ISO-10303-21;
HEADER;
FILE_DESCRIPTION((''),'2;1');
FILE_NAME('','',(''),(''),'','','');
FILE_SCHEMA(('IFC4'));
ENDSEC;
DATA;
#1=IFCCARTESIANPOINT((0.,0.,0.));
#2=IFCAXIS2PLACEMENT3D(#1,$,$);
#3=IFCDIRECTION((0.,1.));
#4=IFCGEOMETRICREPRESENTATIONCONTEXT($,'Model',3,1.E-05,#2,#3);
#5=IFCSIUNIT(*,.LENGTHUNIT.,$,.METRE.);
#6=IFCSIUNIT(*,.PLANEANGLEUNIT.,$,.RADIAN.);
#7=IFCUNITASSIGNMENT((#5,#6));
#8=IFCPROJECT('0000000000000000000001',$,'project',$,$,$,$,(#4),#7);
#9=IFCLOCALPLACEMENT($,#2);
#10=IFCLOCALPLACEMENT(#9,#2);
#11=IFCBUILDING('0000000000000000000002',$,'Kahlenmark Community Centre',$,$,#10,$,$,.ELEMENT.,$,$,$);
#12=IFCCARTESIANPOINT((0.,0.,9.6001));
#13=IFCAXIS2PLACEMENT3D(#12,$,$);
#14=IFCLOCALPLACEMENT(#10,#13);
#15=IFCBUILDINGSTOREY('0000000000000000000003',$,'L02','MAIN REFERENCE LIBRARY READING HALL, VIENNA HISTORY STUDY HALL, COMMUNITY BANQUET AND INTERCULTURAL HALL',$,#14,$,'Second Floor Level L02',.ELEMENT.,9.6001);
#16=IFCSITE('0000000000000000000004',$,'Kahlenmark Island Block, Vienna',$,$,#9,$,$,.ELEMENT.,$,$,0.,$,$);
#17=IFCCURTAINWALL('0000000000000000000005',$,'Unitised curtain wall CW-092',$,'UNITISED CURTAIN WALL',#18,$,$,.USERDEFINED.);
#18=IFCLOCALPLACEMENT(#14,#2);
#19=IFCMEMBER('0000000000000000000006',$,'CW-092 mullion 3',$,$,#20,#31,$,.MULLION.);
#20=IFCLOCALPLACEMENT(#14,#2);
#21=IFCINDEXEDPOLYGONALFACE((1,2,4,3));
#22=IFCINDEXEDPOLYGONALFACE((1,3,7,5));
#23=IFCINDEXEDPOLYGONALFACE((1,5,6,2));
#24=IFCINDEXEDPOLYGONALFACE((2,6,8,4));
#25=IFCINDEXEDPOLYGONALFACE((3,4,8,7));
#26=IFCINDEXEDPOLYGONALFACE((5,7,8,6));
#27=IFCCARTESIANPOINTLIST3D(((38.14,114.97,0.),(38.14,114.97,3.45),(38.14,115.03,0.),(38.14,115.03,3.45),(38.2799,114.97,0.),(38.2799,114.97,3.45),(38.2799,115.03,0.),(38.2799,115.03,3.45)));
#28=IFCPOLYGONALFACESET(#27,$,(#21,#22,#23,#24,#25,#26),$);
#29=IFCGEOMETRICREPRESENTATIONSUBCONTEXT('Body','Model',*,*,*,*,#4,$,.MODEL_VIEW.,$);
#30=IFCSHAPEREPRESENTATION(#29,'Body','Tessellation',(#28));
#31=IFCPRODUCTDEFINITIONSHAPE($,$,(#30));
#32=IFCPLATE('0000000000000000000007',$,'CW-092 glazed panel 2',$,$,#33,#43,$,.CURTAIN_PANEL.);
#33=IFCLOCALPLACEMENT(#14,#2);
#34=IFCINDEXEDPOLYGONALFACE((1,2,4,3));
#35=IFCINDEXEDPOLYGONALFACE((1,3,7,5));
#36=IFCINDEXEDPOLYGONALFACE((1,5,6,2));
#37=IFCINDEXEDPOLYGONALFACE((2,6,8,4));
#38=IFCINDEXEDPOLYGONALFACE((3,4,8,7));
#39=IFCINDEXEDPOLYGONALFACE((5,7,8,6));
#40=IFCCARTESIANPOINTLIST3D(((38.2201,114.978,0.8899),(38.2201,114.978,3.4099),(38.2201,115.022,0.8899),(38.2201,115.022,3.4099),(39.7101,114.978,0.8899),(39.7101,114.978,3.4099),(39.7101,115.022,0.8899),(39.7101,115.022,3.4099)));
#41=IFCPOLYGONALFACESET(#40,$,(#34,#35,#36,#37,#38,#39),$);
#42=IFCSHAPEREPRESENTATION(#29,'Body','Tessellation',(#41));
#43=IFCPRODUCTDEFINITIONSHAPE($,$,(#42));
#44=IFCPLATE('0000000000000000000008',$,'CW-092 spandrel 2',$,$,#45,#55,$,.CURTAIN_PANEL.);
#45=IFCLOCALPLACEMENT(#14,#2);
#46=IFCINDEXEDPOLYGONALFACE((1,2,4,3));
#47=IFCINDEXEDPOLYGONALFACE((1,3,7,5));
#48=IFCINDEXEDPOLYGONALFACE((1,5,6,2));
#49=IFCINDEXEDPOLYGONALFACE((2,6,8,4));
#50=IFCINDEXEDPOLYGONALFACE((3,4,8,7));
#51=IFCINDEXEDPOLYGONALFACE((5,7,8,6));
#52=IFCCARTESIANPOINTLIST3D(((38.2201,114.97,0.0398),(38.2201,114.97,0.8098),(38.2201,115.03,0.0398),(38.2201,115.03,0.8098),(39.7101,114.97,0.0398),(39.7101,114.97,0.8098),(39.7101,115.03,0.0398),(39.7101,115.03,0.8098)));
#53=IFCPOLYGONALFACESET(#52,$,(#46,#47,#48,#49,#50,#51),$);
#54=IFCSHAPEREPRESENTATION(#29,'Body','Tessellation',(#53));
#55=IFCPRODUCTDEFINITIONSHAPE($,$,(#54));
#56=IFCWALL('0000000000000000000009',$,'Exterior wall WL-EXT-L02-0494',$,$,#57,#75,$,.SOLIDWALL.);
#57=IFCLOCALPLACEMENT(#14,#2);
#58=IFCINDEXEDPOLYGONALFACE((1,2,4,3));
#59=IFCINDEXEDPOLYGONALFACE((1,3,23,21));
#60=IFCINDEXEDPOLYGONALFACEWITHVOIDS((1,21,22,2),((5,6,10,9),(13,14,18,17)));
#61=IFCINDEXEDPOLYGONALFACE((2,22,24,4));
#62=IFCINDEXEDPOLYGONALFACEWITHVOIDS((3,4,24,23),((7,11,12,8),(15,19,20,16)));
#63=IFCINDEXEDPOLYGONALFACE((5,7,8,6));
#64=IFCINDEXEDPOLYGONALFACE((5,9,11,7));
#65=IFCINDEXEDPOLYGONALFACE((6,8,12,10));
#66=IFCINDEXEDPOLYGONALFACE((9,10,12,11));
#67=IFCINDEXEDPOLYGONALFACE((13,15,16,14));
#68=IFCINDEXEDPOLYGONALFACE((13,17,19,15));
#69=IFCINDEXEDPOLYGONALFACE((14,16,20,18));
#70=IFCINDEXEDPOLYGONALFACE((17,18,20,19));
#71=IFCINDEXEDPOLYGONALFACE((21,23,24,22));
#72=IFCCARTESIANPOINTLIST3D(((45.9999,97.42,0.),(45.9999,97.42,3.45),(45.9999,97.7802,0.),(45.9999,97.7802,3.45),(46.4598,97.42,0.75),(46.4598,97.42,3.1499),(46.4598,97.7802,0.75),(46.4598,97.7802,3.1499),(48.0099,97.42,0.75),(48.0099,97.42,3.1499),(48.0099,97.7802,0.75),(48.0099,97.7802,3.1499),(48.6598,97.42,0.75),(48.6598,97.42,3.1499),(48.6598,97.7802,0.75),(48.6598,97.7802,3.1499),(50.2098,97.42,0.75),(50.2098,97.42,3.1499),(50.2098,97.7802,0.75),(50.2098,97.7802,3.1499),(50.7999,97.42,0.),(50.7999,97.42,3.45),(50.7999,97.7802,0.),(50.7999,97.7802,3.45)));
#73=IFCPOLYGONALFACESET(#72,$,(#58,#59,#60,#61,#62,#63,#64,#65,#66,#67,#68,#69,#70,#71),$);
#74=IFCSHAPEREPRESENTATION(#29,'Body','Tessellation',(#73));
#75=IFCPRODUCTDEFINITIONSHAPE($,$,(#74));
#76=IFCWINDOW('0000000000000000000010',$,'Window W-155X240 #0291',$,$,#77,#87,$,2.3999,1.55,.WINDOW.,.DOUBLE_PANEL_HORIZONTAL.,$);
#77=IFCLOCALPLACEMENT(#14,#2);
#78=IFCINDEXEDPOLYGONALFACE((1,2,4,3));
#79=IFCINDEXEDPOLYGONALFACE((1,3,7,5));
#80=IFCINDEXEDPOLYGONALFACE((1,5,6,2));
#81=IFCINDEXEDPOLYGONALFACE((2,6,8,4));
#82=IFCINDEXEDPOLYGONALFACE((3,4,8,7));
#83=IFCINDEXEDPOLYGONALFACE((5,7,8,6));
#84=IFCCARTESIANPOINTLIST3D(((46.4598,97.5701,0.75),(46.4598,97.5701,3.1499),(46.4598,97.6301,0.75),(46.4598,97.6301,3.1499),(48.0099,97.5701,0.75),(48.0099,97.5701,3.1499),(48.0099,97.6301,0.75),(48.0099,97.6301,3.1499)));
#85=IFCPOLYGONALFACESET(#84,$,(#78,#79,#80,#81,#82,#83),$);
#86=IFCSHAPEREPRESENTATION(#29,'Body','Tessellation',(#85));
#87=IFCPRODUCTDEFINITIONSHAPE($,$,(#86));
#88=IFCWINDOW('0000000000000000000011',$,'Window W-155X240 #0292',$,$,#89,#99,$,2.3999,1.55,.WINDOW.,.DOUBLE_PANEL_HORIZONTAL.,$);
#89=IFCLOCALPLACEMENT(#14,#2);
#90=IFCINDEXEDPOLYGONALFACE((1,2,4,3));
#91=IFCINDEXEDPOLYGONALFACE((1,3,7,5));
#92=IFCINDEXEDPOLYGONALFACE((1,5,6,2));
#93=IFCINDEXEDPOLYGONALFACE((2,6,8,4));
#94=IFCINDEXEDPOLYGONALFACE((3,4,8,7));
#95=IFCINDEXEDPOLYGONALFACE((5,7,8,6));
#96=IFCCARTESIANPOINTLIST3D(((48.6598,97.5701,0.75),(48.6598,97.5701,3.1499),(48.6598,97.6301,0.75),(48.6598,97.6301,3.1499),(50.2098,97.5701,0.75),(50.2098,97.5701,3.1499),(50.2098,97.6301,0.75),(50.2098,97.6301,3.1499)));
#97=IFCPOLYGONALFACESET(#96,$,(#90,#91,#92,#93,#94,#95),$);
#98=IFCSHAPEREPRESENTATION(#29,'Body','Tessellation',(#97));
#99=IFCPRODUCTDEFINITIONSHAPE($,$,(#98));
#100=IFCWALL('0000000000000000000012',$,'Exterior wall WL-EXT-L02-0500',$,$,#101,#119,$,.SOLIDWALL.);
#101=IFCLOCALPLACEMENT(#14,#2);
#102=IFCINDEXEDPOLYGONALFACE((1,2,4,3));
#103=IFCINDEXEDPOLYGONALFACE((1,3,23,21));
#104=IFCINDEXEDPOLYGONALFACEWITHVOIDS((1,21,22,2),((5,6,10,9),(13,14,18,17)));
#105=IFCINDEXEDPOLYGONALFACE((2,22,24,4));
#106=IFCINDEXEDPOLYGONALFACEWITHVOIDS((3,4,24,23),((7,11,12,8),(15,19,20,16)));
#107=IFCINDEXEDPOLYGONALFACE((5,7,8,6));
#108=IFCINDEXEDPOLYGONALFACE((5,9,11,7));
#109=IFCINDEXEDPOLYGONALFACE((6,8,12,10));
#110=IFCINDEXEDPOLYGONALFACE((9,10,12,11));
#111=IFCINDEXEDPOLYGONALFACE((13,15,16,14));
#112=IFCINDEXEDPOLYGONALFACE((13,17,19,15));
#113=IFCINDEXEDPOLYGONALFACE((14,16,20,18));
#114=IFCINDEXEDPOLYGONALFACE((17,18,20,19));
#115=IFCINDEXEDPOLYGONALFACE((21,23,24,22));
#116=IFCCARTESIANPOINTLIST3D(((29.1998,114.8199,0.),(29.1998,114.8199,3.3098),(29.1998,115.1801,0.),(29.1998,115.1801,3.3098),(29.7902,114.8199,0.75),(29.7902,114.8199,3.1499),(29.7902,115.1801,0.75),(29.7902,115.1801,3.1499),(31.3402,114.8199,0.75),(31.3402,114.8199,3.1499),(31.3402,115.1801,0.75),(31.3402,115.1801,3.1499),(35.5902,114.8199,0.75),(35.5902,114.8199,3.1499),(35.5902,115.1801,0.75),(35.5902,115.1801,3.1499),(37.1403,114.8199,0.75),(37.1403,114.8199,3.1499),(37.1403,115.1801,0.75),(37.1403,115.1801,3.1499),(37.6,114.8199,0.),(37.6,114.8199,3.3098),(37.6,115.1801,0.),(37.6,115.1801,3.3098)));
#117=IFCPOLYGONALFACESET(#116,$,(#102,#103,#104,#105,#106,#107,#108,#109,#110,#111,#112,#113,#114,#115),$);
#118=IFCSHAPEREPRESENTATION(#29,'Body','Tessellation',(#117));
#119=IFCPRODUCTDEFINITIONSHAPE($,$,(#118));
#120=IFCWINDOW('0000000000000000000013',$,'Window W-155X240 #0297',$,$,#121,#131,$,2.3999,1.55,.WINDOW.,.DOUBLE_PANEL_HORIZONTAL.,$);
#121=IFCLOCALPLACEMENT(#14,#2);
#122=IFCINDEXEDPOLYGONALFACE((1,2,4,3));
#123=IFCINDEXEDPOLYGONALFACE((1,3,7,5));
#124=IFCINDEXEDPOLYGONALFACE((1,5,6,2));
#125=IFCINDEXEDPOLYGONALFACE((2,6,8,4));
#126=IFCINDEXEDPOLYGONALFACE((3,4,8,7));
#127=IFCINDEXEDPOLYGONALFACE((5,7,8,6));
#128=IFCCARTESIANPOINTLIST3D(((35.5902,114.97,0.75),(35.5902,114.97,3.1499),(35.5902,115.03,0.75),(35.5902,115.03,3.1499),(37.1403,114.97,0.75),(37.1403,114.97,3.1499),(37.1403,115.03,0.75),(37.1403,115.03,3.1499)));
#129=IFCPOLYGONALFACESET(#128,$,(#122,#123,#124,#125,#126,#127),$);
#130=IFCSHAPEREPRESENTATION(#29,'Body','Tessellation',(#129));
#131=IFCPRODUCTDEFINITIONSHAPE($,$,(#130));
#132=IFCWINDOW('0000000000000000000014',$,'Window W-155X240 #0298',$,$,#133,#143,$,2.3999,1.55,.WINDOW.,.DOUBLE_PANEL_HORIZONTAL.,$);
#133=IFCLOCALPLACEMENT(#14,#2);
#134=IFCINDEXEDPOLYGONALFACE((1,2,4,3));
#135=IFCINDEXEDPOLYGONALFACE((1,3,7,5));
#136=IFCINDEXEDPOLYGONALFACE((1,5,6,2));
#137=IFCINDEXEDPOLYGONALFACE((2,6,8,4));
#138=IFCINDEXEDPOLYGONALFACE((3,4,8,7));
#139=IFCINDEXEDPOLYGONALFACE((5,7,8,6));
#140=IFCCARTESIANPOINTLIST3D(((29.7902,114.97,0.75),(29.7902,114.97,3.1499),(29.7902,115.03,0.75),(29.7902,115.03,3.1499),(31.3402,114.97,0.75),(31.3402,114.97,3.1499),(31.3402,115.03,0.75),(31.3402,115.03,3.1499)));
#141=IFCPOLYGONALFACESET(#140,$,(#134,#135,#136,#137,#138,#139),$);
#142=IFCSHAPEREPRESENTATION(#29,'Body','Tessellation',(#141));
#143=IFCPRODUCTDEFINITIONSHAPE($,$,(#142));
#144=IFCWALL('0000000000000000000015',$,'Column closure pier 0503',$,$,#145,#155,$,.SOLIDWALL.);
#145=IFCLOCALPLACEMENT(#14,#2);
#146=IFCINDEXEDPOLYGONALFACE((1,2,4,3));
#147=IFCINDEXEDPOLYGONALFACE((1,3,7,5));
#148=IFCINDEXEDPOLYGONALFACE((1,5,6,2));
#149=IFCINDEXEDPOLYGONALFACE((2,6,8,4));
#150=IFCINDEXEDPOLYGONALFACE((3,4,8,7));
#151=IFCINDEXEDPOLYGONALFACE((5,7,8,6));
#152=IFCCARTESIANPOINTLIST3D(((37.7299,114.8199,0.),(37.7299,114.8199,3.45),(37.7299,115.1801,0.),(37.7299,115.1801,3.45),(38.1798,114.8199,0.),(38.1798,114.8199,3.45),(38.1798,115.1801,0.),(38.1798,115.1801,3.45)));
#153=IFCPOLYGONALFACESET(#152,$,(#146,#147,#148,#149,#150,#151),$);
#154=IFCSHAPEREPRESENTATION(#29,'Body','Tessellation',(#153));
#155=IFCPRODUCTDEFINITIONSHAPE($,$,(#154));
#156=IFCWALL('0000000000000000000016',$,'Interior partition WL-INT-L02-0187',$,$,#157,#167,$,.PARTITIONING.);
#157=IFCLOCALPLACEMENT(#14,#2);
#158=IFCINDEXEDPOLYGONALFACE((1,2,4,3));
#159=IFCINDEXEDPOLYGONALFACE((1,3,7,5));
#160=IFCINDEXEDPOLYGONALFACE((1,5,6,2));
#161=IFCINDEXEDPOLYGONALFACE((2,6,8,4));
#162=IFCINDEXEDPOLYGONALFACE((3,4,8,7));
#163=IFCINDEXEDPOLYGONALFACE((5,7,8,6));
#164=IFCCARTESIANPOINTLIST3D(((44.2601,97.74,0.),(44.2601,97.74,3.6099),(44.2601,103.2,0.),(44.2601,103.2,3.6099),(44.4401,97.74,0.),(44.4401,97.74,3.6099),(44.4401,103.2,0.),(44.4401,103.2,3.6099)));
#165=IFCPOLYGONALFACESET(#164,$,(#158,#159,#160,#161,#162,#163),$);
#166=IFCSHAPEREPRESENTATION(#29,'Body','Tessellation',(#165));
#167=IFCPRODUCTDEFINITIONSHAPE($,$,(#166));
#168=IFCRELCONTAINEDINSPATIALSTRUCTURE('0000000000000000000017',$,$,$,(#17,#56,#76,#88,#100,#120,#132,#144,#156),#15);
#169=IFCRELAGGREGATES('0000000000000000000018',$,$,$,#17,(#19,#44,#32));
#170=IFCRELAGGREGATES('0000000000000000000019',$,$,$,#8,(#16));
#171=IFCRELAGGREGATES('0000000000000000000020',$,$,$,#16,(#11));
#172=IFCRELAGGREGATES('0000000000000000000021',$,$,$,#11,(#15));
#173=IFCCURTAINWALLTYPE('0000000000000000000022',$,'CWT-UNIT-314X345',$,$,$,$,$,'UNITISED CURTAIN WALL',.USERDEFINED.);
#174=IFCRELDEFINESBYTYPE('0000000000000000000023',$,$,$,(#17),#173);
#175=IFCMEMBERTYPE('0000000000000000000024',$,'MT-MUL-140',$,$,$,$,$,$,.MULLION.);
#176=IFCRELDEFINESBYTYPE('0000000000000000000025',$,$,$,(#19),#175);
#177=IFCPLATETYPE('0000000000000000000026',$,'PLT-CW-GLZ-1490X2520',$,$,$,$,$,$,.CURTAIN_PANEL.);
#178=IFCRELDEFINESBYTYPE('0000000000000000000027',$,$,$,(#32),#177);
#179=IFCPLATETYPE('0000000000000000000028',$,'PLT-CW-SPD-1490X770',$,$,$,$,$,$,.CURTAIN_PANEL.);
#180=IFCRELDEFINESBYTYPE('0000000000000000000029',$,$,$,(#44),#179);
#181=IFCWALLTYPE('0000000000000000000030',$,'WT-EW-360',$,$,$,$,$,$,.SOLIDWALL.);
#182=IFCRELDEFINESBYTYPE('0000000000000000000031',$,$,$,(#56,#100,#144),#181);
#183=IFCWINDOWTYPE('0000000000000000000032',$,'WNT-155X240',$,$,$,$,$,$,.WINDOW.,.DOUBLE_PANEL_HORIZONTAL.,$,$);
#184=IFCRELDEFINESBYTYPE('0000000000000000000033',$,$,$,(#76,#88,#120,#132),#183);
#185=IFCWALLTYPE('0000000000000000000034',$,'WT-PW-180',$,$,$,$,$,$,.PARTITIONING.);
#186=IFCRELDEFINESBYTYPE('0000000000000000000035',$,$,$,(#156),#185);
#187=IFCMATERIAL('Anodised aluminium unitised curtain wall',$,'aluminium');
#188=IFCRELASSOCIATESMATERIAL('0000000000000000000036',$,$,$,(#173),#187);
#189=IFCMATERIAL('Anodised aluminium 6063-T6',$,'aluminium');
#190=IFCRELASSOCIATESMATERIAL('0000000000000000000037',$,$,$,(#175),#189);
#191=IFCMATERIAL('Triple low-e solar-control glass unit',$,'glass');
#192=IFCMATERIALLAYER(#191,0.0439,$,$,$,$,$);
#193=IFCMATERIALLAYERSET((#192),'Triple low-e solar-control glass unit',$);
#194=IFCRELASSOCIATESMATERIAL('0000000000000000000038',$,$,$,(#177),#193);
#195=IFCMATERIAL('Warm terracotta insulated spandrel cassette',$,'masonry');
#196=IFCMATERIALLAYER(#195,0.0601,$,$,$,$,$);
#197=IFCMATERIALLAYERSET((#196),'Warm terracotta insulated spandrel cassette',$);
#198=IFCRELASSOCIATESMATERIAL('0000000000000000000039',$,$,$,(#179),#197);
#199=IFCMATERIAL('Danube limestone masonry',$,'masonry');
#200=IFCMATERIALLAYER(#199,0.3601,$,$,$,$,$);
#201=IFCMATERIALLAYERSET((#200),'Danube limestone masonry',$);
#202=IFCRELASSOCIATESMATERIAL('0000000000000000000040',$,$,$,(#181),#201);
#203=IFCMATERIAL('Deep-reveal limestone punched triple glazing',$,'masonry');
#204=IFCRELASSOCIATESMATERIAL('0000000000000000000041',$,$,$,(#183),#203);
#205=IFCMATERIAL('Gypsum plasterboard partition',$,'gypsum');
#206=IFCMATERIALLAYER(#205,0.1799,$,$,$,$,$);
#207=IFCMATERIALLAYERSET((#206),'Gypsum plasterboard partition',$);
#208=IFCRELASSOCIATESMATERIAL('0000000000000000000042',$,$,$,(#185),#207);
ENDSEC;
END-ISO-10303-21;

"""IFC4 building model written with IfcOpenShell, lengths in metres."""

from ifc_helpers import new_model, si_unit, direction, frame, frame_2d, origin, origin_2d, place, context, subcontext, project, spatial, rectangle, extrude, material, layer, layer_set, material_profile, profile_set, type_object, element, fill, aggregate, save


model = new_model("IFC4")

# Units and contexts
model_context = context("Model", 3, precision=1e-05, world=origin(), true_north=direction((0.0, 1.0)))
body_context = subcontext(model_context, "Body", "Model", "MODEL_VIEW")
ifc_project = project(units=[si_unit("LENGTHUNIT", "METRE"), si_unit("PLANEANGLEUNIT", "RADIAN")], contexts=[model_context])

# Site, building, storey
site_placement = place(None, origin())
site = spatial("IfcSite", under=ifc_project, at=site_placement, Name="Kahlenmark Island Block, Vienna", CompositionType="ELEMENT", RefElevation=0.0)
building_placement = place(site_placement, origin())
building = spatial("IfcBuilding", under=site, at=building_placement, Name="Kahlenmark Community Centre", CompositionType="ELEMENT")
storey_placement = place(building_placement, frame((0.0, 0.0, 9.6001)))
storey = spatial("IfcBuildingStorey", under=building, at=storey_placement, Name="L02", Description="MAIN REFERENCE LIBRARY READING HALL, VIENNA HISTORY STUDY HALL, COMMUNITY BANQUET AND INTERCULTURAL HALL", LongName="Second Floor Level L02", CompositionType="ELEMENT", Elevation=9.6001)

# Curtain wall, member, plates
ifc_material_1 = material(Name="Anodised aluminium unitised curtain wall", Category="aluminium")
curtain_wall_type = type_object("IfcCurtainWallType", Name="CWT-UNIT-314X345", ElementType="UNITISED CURTAIN WALL", PredefinedType="USERDEFINED", material=ifc_material_1)
curtain_wall_placement = place(storey_placement, origin())
curtain_wall = element("IfcCurtainWall", 1, at=curtain_wall_placement, inside=storey, type_object=curtain_wall_type, Name="Unitised curtain wall CW-092", ObjectType="UNITISED CURTAIN WALL", PredefinedType="USERDEFINED")
ifc_material_2 = material(Name="Anodised aluminium 6063-T6", Category="aluminium")
ifc_material_profile_1 = material_profile(ifc_material_2, rectangle(XDim=0.0601, YDim=0.1399, at=origin_2d()), Name="ALU MULLION 60x140")
ifc_profile_set_1 = profile_set([ifc_material_profile_1], Name="Anodised aluminium 6063-T6")
member_type = type_object("IfcMemberType", Name="MT-MUL-140", PredefinedType="MULLION", material=ifc_profile_set_1)
member_1_placement = place(storey_placement, frame((38.21, 115.0, 0.0), z_axis=(0.0, 0.0, 1.0), x_axis=(0.0, -1.0, 0.0)))
member_1 = element("IfcMember", 2, at=member_1_placement, type_object=member_type, Name="CW-092 mullion 3", PredefinedType="MULLION", context=body_context, shape_type="SweptSolid", body=[
    extrude(rectangle(XDim=0.0601, YDim=0.1399, at=origin_2d()), origin(), (0.0, 0.0, 1.0), 3.45),
])
ifc_material_3 = material(Name="Triple low-e solar-control glass unit", Category="glass")
ifc_layer_1 = layer(ifc_material_3, 0.0439)
ifc_layer_set_1 = layer_set([ifc_layer_1], Name="Triple low-e solar-control glass unit")
plate_type_1 = type_object("IfcPlateType", Name="PLT-CW-GLZ-1490X2520", PredefinedType="CURTAIN_PANEL", material=ifc_layer_set_1)
plate_1_placement = place(storey_placement, frame((38.9651, 115.0, 0.8899), z_axis=(0.0, 0.0, 1.0), x_axis=(-1.0, 0.0, 0.0)))
plate_1 = element("IfcPlate", 3, at=plate_1_placement, type_object=plate_type_1, Name="CW-092 glazed panel 2", PredefinedType="CURTAIN_PANEL", context=body_context, shape_type="SweptSolid", body=[
    extrude(rectangle(XDim=1.49, YDim=0.0439, at=origin_2d()), origin(), (0.0, 0.0, 1.0), 2.52),
])
ifc_material_4 = material(Name="Warm terracotta insulated spandrel cassette", Category="masonry")
ifc_layer_2 = layer(ifc_material_4, 0.0601)
ifc_layer_set_2 = layer_set([ifc_layer_2], Name="Warm terracotta insulated spandrel cassette")
plate_type_2 = type_object("IfcPlateType", Name="PLT-CW-SPD-1490X770", PredefinedType="CURTAIN_PANEL", material=ifc_layer_set_2)
plate_2_placement = place(storey_placement, frame((38.9651, 115.0, 0.0398), z_axis=(0.0, 0.0, 1.0), x_axis=(-1.0, 0.0, 0.0)))
plate_2 = element("IfcPlate", 4, at=plate_2_placement, type_object=plate_type_2, Name="CW-092 spandrel 2", PredefinedType="CURTAIN_PANEL", context=body_context, shape_type="SweptSolid", body=[
    extrude(rectangle(XDim=1.49, YDim=0.0601, at=origin_2d()), origin(), (0.0, 0.0, 1.0), 0.77),
])
aggregate(curtain_wall, [member_1, plate_2, plate_1])

# Walls, openings, windows
ifc_material_5 = material(Name="Danube limestone masonry", Category="masonry")
ifc_layer_3 = layer(ifc_material_5, 0.3601)
ifc_layer_set_3 = layer_set([ifc_layer_3], Name="Danube limestone masonry")
wall_type_1 = type_object("IfcWallType", Name="WT-EW-360", PredefinedType="SOLIDWALL", material=ifc_layer_set_3)
wall_1_placement = place(storey_placement, frame((46.0, 97.6001, 0.0), z_axis=(0.0, 0.0, 1.0), x_axis=(1.0, 0.0, 0.0)))
wall_1 = element("IfcWall", 5, at=wall_1_placement, inside=storey, type_object=wall_type_1, Name="Exterior wall WL-EXT-L02-0494", PredefinedType="SOLIDWALL", context=body_context, shape_type="SweptSolid", body=[
    extrude(rectangle(XDim=4.8, YDim=0.3601, at=frame_2d((2.3999, 0.0))), origin(), (0.0, 0.0, 1.0), 3.45),
])
opening_1_placement = place(wall_1_placement, frame((0.46, 0.0, 0.75)))
opening_1 = element("IfcOpeningElement", 6, at=opening_1_placement, cuts=wall_1, PredefinedType="OPENING", context=body_context, shape_type="SweptSolid", body=[
    extrude(rectangle(XDim=1.55, YDim=2.3999, at=frame_2d((0.7749, 1.2))), frame((0.0, 0.1899, 0.0), z_axis=(0.0, -1.0, 0.0), x_axis=(1.0, 0.0, 0.0)), (0.0, 0.0, 1.0), 0.3801),
])
opening_2_placement = place(wall_1_placement, frame((2.6599, 0.0, 0.75)))
opening_2 = element("IfcOpeningElement", 7, at=opening_2_placement, cuts=wall_1, PredefinedType="OPENING", context=body_context, shape_type="SweptSolid", body=[
    extrude(rectangle(XDim=1.55, YDim=2.3999, at=frame_2d((0.7749, 1.2))), frame((0.0, 0.1899, 0.0), z_axis=(0.0, -1.0, 0.0), x_axis=(1.0, 0.0, 0.0)), (0.0, 0.0, 1.0), 0.3801),
])
ifc_material_6 = material(Name="Deep-reveal limestone punched triple glazing", Category="masonry")
window_type = type_object("IfcWindowType", Name="WNT-155X240", PartitioningType="DOUBLE_PANEL_HORIZONTAL", PredefinedType="WINDOW", material=ifc_material_6)
window_1_placement = place(opening_1_placement, origin())
window_1 = element("IfcWindow", 8, at=window_1_placement, inside=storey, type_object=window_type, Name="Window W-155X240 #0291", OverallHeight=2.3999, OverallWidth=1.55, PartitioningType="DOUBLE_PANEL_HORIZONTAL", PredefinedType="WINDOW", context=body_context, shape_type="SweptSolid", body=[
    extrude(rectangle(XDim=1.55, YDim=2.3999, at=frame_2d((0.7749, 1.2))), frame((0.0, 0.03, 0.0), z_axis=(0.0, -1.0, 0.0), x_axis=(1.0, 0.0, 0.0)), (0.0, 0.0, 1.0), 0.0601),
])
fill(opening_1, window_1)
window_2_placement = place(opening_2_placement, origin())
window_2 = element("IfcWindow", 9, at=window_2_placement, inside=storey, type_object=window_type, Name="Window W-155X240 #0292", OverallHeight=2.3999, OverallWidth=1.55, PartitioningType="DOUBLE_PANEL_HORIZONTAL", PredefinedType="WINDOW", context=body_context, shape_type="SweptSolid", body=[
    extrude(rectangle(XDim=1.55, YDim=2.3999, at=frame_2d((0.7749, 1.2))), frame((0.0, 0.03, 0.0), z_axis=(0.0, -1.0, 0.0), x_axis=(1.0, 0.0, 0.0)), (0.0, 0.0, 1.0), 0.0601),
])
fill(opening_2, window_2)
wall_2_placement = place(storey_placement, frame((37.6001, 115.0, 0.0), z_axis=(0.0, 0.0, 1.0), x_axis=(-1.0, 0.0, 0.0)))
wall_2 = element("IfcWall", 10, at=wall_2_placement, inside=storey, type_object=wall_type_1, Name="Exterior wall WL-EXT-L02-0500", PredefinedType="SOLIDWALL", context=body_context, shape_type="SweptSolid", body=[
    extrude(rectangle(XDim=8.4001, YDim=0.3601, at=frame_2d((4.2002, 0.0))), origin(), (0.0, 0.0, 1.0), 3.3098),
])
opening_3_placement = place(wall_2_placement, frame((0.46, 0.0, 0.75)))
opening_3 = element("IfcOpeningElement", 11, at=opening_3_placement, cuts=wall_2, PredefinedType="OPENING", context=body_context, shape_type="SweptSolid", body=[
    extrude(rectangle(XDim=1.55, YDim=2.3999, at=frame_2d((0.7749, 1.2))), frame((0.0, 0.1899, 0.0), z_axis=(0.0, -1.0, 0.0), x_axis=(1.0, 0.0, 0.0)), (0.0, 0.0, 1.0), 0.3801),
])
opening_4_placement = place(wall_2_placement, frame((6.26, 0.0, 0.75)))
opening_4 = element("IfcOpeningElement", 12, at=opening_4_placement, cuts=wall_2, PredefinedType="OPENING", context=body_context, shape_type="SweptSolid", body=[
    extrude(rectangle(XDim=1.55, YDim=2.3999, at=frame_2d((0.7749, 1.2))), frame((0.0, 0.1899, 0.0), z_axis=(0.0, -1.0, 0.0), x_axis=(1.0, 0.0, 0.0)), (0.0, 0.0, 1.0), 0.3801),
])
window_3_placement = place(opening_3_placement, origin())
window_3 = element("IfcWindow", 13, at=window_3_placement, inside=storey, type_object=window_type, Name="Window W-155X240 #0297", OverallHeight=2.3999, OverallWidth=1.55, PartitioningType="DOUBLE_PANEL_HORIZONTAL", PredefinedType="WINDOW", context=body_context, shape_type="SweptSolid", body=[
    extrude(rectangle(XDim=1.55, YDim=2.3999, at=frame_2d((0.7749, 1.2))), frame((0.0, 0.03, 0.0), z_axis=(0.0, -1.0, 0.0), x_axis=(1.0, 0.0, 0.0)), (0.0, 0.0, 1.0), 0.0601),
])
fill(opening_3, window_3)
window_4_placement = place(opening_4_placement, origin())
window_4 = element("IfcWindow", 14, at=window_4_placement, inside=storey, type_object=window_type, Name="Window W-155X240 #0298", OverallHeight=2.3999, OverallWidth=1.55, PartitioningType="DOUBLE_PANEL_HORIZONTAL", PredefinedType="WINDOW", context=body_context, shape_type="SweptSolid", body=[
    extrude(rectangle(XDim=1.55, YDim=2.3999, at=frame_2d((0.7749, 1.2))), frame((0.0, 0.03, 0.0), z_axis=(0.0, -1.0, 0.0), x_axis=(1.0, 0.0, 0.0)), (0.0, 0.0, 1.0), 0.0601),
])
fill(opening_4, window_4)

# Walls
wall_3_placement = place(storey_placement, frame((38.1799, 115.0, 0.0), z_axis=(0.0, 0.0, 1.0), x_axis=(-1.0, 0.0, 0.0)))
element("IfcWall", 15, at=wall_3_placement, inside=storey, type_object=wall_type_1, Name="Column closure pier 0503", PredefinedType="SOLIDWALL", context=body_context, shape_type="SweptSolid", body=[
    extrude(rectangle(XDim=0.45, YDim=0.3601, at=frame_2d((0.2251, 0.0))), origin(), (0.0, 0.0, 1.0), 3.45),
])
ifc_material_7 = material(Name="Gypsum plasterboard partition", Category="gypsum")
ifc_layer_4 = layer(ifc_material_7, 0.1799)
ifc_layer_set_4 = layer_set([ifc_layer_4], Name="Gypsum plasterboard partition")
wall_type_2 = type_object("IfcWallType", Name="WT-PW-180", PredefinedType="PARTITIONING", material=ifc_layer_set_4)
wall_4_placement = place(storey_placement, frame((44.3501, 97.74, 0.0), z_axis=(0.0, 0.0, 1.0), x_axis=(0.0, 1.0, 0.0)))
element("IfcWall", 16, at=wall_4_placement, inside=storey, type_object=wall_type_2, Name="Interior partition WL-INT-L02-0187", PredefinedType="PARTITIONING", context=body_context, shape_type="SweptSolid", body=[
    extrude(rectangle(XDim=5.46, YDim=0.1799, at=frame_2d((2.73, 0.0))), origin(), (0.0, 0.0, 1.0), 3.6099),
])

save(model, "model.ifc")
